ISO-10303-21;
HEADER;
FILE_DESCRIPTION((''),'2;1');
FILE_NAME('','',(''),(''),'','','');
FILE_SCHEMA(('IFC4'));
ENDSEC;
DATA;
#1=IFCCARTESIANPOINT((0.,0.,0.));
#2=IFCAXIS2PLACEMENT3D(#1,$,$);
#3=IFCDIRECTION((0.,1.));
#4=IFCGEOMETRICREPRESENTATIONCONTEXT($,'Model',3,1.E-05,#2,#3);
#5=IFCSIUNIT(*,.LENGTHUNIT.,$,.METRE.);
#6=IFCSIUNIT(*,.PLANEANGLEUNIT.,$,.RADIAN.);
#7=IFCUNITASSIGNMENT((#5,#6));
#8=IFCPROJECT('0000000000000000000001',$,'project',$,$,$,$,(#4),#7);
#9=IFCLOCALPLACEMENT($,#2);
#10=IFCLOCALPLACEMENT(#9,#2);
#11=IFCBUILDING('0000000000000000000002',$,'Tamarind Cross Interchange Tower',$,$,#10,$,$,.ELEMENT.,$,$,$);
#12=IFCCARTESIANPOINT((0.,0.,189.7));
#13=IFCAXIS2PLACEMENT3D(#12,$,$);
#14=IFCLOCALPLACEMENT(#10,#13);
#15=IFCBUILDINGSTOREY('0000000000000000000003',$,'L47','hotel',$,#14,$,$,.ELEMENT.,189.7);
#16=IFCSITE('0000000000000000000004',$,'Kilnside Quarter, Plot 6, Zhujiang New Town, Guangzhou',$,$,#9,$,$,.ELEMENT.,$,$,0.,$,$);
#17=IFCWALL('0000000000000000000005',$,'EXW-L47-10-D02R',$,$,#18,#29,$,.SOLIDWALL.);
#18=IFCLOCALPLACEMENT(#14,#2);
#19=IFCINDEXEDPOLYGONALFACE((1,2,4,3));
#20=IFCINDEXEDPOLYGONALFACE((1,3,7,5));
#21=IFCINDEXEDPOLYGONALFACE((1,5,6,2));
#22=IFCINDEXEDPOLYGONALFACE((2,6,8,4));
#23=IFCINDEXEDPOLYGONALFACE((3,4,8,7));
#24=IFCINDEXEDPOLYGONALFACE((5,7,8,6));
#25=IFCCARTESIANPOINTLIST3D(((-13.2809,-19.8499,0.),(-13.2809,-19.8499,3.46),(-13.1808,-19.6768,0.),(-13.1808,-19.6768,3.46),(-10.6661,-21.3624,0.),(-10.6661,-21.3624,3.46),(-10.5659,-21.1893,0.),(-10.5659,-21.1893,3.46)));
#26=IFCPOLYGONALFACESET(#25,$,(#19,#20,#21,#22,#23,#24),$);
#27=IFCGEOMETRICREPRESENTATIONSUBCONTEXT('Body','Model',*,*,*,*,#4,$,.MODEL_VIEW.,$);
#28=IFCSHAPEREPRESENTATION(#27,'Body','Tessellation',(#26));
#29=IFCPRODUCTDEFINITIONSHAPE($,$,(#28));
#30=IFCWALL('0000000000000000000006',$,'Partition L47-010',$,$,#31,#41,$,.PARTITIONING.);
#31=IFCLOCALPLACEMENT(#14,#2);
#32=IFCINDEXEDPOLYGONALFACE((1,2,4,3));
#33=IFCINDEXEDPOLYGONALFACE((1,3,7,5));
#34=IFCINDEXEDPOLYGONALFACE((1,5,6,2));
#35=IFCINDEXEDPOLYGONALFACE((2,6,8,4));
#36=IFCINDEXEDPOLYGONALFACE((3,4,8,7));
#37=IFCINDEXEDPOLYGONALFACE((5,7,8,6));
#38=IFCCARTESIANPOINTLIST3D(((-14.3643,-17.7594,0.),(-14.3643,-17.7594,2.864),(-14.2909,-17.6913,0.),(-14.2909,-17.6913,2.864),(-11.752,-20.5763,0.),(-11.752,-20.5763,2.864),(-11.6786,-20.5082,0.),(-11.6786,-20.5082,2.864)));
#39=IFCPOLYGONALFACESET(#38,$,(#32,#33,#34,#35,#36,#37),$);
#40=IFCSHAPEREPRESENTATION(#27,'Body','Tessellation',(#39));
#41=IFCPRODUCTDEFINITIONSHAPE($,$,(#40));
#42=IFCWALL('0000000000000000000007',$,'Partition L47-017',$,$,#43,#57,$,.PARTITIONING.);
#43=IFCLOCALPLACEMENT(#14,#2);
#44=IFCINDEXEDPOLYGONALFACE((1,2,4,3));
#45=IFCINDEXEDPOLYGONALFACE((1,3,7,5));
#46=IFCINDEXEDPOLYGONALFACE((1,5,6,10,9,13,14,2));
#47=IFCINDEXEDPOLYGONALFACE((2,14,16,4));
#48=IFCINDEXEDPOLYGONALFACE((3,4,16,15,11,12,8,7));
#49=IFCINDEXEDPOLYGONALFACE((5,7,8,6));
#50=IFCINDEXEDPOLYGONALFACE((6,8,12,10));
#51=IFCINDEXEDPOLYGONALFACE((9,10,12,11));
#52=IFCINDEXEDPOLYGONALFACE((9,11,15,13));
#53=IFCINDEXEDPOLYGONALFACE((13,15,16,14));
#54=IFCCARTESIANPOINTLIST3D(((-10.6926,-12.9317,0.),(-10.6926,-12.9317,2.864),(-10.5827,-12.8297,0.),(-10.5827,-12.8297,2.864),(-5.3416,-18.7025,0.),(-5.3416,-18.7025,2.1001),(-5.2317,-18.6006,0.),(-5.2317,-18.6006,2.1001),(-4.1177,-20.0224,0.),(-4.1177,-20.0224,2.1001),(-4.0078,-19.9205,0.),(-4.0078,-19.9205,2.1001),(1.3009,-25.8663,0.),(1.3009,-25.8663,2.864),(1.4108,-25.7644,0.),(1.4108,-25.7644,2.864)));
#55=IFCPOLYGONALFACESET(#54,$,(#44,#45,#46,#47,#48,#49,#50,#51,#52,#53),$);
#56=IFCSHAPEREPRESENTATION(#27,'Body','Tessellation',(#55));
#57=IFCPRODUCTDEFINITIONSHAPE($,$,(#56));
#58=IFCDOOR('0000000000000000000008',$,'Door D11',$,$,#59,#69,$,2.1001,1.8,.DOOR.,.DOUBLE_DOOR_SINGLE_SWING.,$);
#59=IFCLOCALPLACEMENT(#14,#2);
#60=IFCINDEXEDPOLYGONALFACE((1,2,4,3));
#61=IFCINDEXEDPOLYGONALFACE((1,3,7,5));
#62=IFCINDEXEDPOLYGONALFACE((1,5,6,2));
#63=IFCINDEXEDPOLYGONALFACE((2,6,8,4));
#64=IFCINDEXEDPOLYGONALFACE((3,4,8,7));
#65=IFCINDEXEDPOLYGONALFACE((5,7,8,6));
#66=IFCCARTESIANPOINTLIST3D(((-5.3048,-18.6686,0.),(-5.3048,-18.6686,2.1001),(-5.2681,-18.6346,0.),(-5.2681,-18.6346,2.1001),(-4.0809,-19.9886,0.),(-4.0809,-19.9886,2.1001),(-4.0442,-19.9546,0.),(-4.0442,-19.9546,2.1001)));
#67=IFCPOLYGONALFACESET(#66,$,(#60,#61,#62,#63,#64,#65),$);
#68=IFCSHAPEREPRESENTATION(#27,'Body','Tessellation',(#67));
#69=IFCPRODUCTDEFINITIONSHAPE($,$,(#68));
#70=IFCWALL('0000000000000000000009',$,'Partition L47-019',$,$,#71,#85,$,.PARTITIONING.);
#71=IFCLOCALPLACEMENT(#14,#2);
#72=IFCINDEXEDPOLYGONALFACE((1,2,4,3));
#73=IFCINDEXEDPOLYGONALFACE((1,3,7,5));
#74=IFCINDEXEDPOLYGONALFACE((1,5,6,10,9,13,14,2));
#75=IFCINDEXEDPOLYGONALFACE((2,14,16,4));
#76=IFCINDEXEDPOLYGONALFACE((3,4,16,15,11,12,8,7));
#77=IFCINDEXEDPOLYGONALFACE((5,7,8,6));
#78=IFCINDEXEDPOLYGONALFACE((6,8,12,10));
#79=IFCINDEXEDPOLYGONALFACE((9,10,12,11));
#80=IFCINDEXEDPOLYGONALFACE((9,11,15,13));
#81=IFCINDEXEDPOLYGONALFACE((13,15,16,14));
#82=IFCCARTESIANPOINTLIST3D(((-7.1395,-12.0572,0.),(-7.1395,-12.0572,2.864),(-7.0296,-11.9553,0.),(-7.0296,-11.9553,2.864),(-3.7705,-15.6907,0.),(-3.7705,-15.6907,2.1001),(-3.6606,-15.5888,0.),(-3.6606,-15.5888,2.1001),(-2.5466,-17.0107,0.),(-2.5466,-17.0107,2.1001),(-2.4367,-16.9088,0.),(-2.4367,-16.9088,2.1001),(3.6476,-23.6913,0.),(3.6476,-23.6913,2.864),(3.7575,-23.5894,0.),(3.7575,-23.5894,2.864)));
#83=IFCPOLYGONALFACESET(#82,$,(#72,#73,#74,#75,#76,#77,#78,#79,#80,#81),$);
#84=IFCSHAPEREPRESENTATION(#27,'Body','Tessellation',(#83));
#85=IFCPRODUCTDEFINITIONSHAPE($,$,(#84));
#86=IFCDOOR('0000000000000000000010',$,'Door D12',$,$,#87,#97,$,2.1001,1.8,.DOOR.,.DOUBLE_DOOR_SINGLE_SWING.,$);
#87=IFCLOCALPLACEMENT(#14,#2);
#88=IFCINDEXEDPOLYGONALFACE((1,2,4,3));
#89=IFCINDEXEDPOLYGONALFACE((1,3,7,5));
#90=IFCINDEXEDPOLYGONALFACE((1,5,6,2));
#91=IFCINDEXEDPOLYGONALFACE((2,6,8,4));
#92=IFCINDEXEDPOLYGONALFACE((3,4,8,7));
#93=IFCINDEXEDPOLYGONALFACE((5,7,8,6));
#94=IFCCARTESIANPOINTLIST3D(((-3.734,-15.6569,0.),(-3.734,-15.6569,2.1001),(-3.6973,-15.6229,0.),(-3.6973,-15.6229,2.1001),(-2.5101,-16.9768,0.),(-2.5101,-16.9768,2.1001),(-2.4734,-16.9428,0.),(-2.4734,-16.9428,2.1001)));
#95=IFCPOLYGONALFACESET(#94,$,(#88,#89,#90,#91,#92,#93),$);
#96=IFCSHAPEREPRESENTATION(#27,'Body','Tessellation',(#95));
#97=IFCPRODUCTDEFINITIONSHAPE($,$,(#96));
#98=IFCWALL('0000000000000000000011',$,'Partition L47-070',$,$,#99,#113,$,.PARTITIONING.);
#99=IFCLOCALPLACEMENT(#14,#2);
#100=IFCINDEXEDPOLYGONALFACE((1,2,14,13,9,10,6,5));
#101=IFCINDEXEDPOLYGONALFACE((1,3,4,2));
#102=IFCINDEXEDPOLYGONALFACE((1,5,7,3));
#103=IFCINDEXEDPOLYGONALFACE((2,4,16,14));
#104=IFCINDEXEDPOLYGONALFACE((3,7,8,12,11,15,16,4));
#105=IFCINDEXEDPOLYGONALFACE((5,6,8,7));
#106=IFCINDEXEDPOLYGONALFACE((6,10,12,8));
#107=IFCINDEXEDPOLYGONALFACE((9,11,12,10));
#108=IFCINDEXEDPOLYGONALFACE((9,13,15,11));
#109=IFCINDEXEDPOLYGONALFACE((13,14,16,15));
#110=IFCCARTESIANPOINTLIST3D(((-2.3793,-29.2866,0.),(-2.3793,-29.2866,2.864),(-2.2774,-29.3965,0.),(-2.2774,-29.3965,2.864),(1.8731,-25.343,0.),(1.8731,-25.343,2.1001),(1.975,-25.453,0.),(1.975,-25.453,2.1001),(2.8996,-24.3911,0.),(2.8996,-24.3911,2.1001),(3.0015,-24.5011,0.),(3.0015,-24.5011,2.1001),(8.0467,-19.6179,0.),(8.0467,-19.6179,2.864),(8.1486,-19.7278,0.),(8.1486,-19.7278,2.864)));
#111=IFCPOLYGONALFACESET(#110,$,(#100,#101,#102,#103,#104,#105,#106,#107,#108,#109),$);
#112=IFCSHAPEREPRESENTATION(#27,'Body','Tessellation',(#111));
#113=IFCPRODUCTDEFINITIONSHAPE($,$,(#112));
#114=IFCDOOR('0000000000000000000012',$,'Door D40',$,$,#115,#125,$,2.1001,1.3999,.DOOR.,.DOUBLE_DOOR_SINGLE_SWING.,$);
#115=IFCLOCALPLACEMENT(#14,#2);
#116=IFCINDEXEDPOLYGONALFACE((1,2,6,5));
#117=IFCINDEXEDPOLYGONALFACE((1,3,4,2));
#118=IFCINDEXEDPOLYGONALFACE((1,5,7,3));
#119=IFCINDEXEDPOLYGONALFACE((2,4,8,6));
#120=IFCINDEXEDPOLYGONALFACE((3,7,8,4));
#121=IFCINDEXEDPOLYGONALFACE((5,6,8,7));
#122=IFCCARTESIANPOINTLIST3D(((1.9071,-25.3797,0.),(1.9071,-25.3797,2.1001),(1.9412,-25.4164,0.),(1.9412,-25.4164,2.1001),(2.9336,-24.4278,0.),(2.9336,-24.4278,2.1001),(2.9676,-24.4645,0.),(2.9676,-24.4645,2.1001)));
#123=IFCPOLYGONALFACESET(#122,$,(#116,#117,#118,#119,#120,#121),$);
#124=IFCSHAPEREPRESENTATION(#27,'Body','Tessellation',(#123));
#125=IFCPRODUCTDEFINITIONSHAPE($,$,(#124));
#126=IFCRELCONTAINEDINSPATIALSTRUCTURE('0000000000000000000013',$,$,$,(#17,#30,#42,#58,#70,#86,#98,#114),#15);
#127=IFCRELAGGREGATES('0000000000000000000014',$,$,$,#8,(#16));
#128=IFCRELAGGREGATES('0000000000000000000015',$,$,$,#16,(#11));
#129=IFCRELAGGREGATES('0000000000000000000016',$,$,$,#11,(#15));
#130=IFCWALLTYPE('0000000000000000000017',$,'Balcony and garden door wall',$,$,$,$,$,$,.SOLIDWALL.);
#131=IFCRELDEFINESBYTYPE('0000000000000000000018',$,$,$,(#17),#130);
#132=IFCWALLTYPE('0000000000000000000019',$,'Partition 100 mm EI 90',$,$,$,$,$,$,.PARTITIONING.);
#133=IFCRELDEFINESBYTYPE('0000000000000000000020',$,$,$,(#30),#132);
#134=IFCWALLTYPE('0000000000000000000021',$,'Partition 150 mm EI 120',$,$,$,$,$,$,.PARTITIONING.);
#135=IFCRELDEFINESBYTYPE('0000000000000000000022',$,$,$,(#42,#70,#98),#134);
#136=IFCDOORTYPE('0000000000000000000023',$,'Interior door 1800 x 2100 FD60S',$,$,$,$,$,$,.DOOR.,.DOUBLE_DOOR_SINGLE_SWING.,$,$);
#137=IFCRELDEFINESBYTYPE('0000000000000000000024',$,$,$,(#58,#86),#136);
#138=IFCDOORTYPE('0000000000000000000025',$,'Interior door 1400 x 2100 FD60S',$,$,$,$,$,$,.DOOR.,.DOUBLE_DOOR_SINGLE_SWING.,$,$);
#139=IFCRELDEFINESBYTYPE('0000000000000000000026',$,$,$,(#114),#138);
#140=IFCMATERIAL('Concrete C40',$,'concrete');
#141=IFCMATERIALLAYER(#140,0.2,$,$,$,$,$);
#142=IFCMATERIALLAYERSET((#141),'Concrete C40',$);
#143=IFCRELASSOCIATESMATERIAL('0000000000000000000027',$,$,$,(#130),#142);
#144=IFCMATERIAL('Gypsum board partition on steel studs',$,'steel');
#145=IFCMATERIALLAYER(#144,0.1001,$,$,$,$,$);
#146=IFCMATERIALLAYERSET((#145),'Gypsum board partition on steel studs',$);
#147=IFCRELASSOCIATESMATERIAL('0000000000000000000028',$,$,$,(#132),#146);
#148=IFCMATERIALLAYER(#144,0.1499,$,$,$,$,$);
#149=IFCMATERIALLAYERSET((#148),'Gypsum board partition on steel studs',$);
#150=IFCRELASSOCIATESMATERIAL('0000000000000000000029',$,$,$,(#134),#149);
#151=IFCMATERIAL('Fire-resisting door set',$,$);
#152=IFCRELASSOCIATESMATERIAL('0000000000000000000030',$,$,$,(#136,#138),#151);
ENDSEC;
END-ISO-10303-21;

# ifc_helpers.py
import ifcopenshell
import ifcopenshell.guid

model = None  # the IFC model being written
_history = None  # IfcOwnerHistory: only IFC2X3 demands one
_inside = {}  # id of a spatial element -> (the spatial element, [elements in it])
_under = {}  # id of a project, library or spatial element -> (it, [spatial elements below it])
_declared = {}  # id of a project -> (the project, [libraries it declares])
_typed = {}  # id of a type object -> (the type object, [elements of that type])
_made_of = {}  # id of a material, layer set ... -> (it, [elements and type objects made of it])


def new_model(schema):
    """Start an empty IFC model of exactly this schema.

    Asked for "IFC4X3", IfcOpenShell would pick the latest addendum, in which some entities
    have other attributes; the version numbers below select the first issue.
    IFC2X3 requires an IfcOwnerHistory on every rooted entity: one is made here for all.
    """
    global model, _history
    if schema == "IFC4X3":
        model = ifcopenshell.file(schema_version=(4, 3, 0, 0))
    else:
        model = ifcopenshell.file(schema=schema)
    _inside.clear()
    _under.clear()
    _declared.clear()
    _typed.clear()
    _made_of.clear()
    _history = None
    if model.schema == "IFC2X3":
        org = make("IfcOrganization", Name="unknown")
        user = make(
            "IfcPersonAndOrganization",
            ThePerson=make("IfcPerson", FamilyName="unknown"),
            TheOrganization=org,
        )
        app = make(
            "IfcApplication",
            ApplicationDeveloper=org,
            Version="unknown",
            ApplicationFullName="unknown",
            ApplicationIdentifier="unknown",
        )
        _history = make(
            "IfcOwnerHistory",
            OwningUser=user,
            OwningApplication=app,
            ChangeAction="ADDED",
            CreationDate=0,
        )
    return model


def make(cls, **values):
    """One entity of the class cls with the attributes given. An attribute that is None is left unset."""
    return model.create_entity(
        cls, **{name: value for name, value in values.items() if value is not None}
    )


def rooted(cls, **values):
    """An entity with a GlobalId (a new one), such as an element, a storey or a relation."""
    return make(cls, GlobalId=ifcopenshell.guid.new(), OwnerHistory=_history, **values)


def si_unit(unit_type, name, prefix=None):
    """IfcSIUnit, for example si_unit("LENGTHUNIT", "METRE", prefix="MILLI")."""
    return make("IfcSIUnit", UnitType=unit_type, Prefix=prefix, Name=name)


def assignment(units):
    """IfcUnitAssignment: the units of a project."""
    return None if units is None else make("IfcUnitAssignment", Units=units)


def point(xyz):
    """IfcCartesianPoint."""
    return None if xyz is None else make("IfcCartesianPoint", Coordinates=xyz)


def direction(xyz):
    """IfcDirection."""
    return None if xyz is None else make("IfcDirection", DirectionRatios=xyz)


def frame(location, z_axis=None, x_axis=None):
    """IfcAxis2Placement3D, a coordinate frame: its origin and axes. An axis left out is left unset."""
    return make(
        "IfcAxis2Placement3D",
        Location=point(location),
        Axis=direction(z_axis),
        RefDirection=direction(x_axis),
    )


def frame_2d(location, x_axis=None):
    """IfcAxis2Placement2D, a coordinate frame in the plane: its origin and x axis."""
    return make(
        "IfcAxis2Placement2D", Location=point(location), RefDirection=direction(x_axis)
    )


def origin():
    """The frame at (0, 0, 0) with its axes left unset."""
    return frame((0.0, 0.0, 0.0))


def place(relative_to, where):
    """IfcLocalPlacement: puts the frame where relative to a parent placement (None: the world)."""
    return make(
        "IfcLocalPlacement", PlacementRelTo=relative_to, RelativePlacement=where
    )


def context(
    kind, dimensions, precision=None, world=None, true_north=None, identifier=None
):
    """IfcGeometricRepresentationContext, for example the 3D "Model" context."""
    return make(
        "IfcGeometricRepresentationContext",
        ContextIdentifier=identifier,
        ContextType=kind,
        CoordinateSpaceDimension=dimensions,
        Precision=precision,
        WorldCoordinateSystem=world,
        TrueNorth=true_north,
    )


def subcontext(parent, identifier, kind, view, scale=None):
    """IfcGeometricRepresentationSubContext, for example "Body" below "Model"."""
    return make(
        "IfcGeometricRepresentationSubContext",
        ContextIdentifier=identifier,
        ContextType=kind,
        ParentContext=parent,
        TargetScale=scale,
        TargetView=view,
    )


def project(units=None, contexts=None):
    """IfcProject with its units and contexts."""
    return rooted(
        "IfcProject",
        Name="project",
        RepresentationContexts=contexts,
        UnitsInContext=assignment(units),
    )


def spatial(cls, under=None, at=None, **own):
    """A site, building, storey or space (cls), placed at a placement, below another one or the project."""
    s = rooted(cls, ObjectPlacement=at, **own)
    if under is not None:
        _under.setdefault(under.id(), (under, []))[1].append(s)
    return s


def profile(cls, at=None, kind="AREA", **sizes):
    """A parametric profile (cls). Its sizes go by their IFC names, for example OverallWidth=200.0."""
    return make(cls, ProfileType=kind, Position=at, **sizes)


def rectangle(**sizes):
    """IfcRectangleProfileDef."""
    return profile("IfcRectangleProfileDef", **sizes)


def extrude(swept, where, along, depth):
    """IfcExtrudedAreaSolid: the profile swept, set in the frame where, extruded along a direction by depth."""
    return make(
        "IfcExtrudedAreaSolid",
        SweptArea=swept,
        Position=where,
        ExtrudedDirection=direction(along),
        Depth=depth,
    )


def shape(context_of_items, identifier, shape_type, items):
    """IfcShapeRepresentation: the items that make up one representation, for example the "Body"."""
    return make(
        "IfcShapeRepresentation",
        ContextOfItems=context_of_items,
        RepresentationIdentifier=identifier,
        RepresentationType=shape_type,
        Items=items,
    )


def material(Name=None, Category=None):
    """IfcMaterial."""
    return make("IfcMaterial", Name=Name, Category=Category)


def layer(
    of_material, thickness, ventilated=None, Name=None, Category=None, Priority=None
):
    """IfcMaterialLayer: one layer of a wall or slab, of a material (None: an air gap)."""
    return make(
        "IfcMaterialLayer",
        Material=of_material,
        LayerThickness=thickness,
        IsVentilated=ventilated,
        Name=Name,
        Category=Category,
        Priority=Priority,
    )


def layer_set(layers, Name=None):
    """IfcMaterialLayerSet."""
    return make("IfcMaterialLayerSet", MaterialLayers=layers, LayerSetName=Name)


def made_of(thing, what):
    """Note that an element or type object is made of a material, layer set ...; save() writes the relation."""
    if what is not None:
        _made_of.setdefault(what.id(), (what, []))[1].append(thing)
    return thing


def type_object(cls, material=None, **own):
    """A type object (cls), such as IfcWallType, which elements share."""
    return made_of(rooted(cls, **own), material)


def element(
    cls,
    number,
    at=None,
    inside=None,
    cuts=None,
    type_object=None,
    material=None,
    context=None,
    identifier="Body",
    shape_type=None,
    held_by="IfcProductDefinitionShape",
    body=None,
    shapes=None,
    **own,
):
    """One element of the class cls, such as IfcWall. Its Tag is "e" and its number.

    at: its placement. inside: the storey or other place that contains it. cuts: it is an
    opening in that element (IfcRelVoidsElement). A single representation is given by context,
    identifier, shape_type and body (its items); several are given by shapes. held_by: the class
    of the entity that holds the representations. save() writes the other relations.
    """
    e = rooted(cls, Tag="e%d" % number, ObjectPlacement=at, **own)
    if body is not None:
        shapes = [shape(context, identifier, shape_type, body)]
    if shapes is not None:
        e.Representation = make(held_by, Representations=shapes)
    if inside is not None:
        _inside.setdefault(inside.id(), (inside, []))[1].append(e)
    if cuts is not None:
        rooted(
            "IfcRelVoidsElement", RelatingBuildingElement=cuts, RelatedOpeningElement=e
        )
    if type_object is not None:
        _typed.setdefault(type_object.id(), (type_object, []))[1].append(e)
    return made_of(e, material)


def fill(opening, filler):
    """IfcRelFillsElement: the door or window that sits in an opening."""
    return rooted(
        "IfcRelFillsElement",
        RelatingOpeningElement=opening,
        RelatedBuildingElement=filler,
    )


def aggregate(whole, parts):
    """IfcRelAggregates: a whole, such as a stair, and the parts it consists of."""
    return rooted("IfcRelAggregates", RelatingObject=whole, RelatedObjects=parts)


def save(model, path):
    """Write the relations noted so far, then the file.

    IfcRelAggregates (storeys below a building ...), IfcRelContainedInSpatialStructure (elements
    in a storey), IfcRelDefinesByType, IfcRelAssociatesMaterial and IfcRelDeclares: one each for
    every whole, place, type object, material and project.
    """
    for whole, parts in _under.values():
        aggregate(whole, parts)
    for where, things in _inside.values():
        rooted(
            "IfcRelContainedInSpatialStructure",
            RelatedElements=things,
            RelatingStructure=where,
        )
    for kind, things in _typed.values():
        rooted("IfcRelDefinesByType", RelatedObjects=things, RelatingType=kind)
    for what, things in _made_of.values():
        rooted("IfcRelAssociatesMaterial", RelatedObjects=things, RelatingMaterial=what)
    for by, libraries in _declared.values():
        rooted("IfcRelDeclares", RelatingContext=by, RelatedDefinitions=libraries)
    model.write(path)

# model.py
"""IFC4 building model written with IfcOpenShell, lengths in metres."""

from ifc_helpers import new_model, si_unit, direction, frame, frame_2d, origin, place, context, subcontext, project, spatial, rectangle, extrude, material, layer, layer_set, type_object, element, fill, save


model = new_model("IFC4")

# Units and contexts
model_context = context("Model", 3, precision=1e-05, world=origin(), true_north=direction((0.0, 1.0)))
body_context = subcontext(model_context, "Body", "Model", "MODEL_VIEW")
ifc_project = project(units=[si_unit("LENGTHUNIT", "METRE"), si_unit("PLANEANGLEUNIT", "RADIAN")], contexts=[model_context])

# Site, building, storey
site_placement = place(None, origin())
site = spatial("IfcSite", under=ifc_project, at=site_placement, Name="Kilnside Quarter, Plot 6, Zhujiang New Town, Guangzhou", CompositionType="ELEMENT", RefElevation=0.0)
building_placement = place(site_placement, origin())
building = spatial("IfcBuilding", under=site, at=building_placement, Name="Tamarind Cross Interchange Tower", CompositionType="ELEMENT")
storey_placement = place(building_placement, frame((0.0, 0.0, 189.7)))
storey = spatial("IfcBuildingStorey", under=building, at=storey_placement, Name="L47", Description="hotel", CompositionType="ELEMENT", Elevation=189.7)

# Walls
ifc_material_1 = material(Name="Concrete C40", Category="concrete")
ifc_layer_1 = layer(ifc_material_1, 0.2)
ifc_layer_set_1 = layer_set([ifc_layer_1], Name="Concrete C40")
wall_type_1 = type_object("IfcWallType", Name="Balcony and garden door wall", PredefinedType="SOLIDWALL", material=ifc_layer_set_1)
wall_1_placement = place(storey_placement, frame((-13.2307, -19.7634, 0.0), z_axis=(0.0, 0.0, 1.0), x_axis=(0.86562, -0.500702, 0.0)))
element("IfcWall", 1, at=wall_1_placement, inside=storey, type_object=wall_type_1, Name="EXW-L47-10-D02R", PredefinedType="SOLIDWALL", context=body_context, shape_type="SweptSolid", body=[
    extrude(rectangle(XDim=3.0208, YDim=0.2, at=frame_2d((1.5103, 0.0))), origin(), (0.0, 0.0, 1.0), 3.46),
])
ifc_material_2 = material(Name="Gypsum board partition on steel studs", Category="steel")
ifc_layer_2 = layer(ifc_material_2, 0.1001)
ifc_layer_set_2 = layer_set([ifc_layer_2], Name="Gypsum board partition on steel studs")
wall_type_2 = type_object("IfcWallType", Name="Partition 100 mm EI 90", PredefinedType="PARTITIONING", material=ifc_layer_set_2)
wall_2_placement = place(storey_placement, frame((-14.3276, -17.7253, 0.0), z_axis=(0.0, 0.0, 1.0), x_axis=(0.679978, -0.733232, 0.0)))
element("IfcWall", 2, at=wall_2_placement, inside=storey, type_object=wall_type_2, Name="Partition L47-010", PredefinedType="PARTITIONING", context=body_context, shape_type="SweptSolid", body=[
    extrude(rectangle(XDim=3.8418, YDim=0.1001, at=frame_2d((1.9209, 0.0))), origin(), (0.0, 0.0, 1.0), 2.864),
])

# Walls, openings, doors
ifc_layer_3 = layer(ifc_material_2, 0.1499)
ifc_layer_set_3 = layer_set([ifc_layer_3], Name="Gypsum board partition on steel studs")
wall_type_3 = type_object("IfcWallType", Name="Partition 150 mm EI 120", PredefinedType="PARTITIONING", material=ifc_layer_set_3)
wall_3_placement = place(storey_placement, frame((-10.6377, -12.8806, 0.0), z_axis=(0.0, 0.0, 1.0), x_axis=(0.679925, -0.733281, 0.0)))
wall_3 = element("IfcWall", 3, at=wall_3_placement, inside=storey, type_object=wall_type_3, Name="Partition L47-017", PredefinedType="PARTITIONING", context=body_context, shape_type="SweptSolid", body=[
    extrude(rectangle(XDim=17.6394, YDim=0.1499, at=frame_2d((8.8198, 0.0))), origin(), (0.0, 0.0, 1.0), 2.864),
])
opening_1_placement = place(wall_3_placement, frame((7.8701, 0.0, 0.0)))
opening_1 = element("IfcOpeningElement", 4, at=opening_1_placement, cuts=wall_3, PredefinedType="OPENING", context=body_context, shape_type="SweptSolid", body=[
    extrude(rectangle(XDim=1.8, YDim=2.1001, at=frame_2d((0.8999, 1.05))), frame((0.0, 0.085, 0.0), z_axis=(0.0, -1.0, 0.0), x_axis=(1.0, 0.0, 0.0)), (0.0, 0.0, 1.0), 0.1699),
])
ifc_material_3 = material(Name="Fire-resisting door set")
door_type_1 = type_object("IfcDoorType", Name="Interior door 1800 x 2100 FD60S", OperationType="DOUBLE_DOOR_SINGLE_SWING", PredefinedType="DOOR", material=ifc_material_3)
door_1_placement = place(opening_1_placement, frame((1.8, 0.0, 0.0), z_axis=(0.0, 0.0, 1.0), x_axis=(-1.0, 0.0, 0.0)))
door_1 = element("IfcDoor", 5, at=door_1_placement, inside=storey, type_object=door_type_1, Name="Door D11", OperationType="DOUBLE_DOOR_SINGLE_SWING", OverallHeight=2.1001, OverallWidth=1.8, PredefinedType="DOOR", context=body_context, shape_type="SweptSolid", body=[
    extrude(rectangle(XDim=1.8, YDim=2.1001, at=frame_2d((0.8999, 1.05))), frame((0.0, 0.0249, 0.0), z_axis=(0.0, -1.0, 0.0), x_axis=(1.0, 0.0, 0.0)), (0.0, 0.0, 1.0), 0.05),
])
fill(opening_1, door_1)
wall_4_placement = place(storey_placement, frame((-7.0845, -12.0063, 0.0), z_axis=(0.0, 0.0, 1.0), x_axis=(0.679912, -0.733294, 0.0)))
wall_4 = element("IfcWall", 6, at=wall_4_placement, inside=storey, type_object=wall_type_3, Name="Partition L47-019", PredefinedType="PARTITIONING", context=body_context, shape_type="SweptSolid", body=[
    extrude(rectangle(XDim=15.8655, YDim=0.1499, at=frame_2d((7.9326, 0.0))), origin(), (0.0, 0.0, 1.0), 2.864),
])
opening_2_placement = place(wall_4_placement, frame((4.9551, 0.0, 0.0)))
opening_2 = element("IfcOpeningElement", 7, at=opening_2_placement, cuts=wall_4, PredefinedType="OPENING", context=body_context, shape_type="SweptSolid", body=[
    extrude(rectangle(XDim=1.8, YDim=2.1001, at=frame_2d((0.8999, 1.05))), frame((0.0, 0.085, 0.0), z_axis=(0.0, -1.0, 0.0), x_axis=(1.0, 0.0, 0.0)), (0.0, 0.0, 1.0), 0.1699),
])
door_2_placement = place(opening_2_placement, origin())
door_2 = element("IfcDoor", 8, at=door_2_placement, inside=storey, type_object=door_type_1, Name="Door D12", OperationType="DOUBLE_DOOR_SINGLE_SWING", OverallHeight=2.1001, OverallWidth=1.8, PredefinedType="DOOR", context=body_context, shape_type="SweptSolid", body=[
    extrude(rectangle(XDim=1.8, YDim=2.1001, at=frame_2d((0.8999, 1.05))), frame((0.0, 0.0249, 0.0), z_axis=(0.0, -1.0, 0.0), x_axis=(1.0, 0.0, 0.0)), (0.0, 0.0, 1.0), 0.05),
])
fill(opening_2, door_2)
wall_5_placement = place(storey_placement, frame((-2.3284, -29.3416, 0.0), z_axis=(0.0, 0.0, 1.0), x_axis=(0.733235, 0.679975, 0.0)))
wall_5 = element("IfcWall", 9, at=wall_5_placement, inside=storey, type_object=wall_type_3, Name="Partition L47-070", PredefinedType="PARTITIONING", context=body_context, shape_type="SweptSolid", body=[
    extrude(rectangle(XDim=14.2192, YDim=0.1499, at=frame_2d((7.1096, 0.0))), origin(), (0.0, 0.0, 1.0), 2.864),
])
opening_3_placement = place(wall_5_placement, frame((5.7996, 0.0, 0.0)))
opening_3 = element("IfcOpeningElement", 10, at=opening_3_placement, cuts=wall_5, PredefinedType="OPENING", context=body_context, shape_type="SweptSolid", body=[
    extrude(rectangle(XDim=1.3999, YDim=2.1001, at=frame_2d((0.7, 1.05))), frame((0.0, 0.085, 0.0), z_axis=(0.0, -1.0, 0.0), x_axis=(1.0, 0.0, 0.0)), (0.0, 0.0, 1.0), 0.1699),
])
door_type_2 = type_object("IfcDoorType", Name="Interior door 1400 x 2100 FD60S", OperationType="DOUBLE_DOOR_SINGLE_SWING", PredefinedType="DOOR", material=ifc_material_3)
door_3_placement = place(opening_3_placement, origin())
door_3 = element("IfcDoor", 11, at=door_3_placement, inside=storey, type_object=door_type_2, Name="Door D40", OperationType="DOUBLE_DOOR_SINGLE_SWING", OverallHeight=2.1001, OverallWidth=1.3999, PredefinedType="DOOR", context=body_context, shape_type="SweptSolid", body=[
    extrude(rectangle(XDim=1.3999, YDim=2.1001, at=frame_2d((0.7, 1.05))), frame((0.0, 0.0249, 0.0), z_axis=(0.0, -1.0, 0.0), x_axis=(1.0, 0.0, 0.0)), (0.0, 0.0, 1.0), 0.05),
])
fill(opening_3, door_3)

save(model, "model.ifc")
